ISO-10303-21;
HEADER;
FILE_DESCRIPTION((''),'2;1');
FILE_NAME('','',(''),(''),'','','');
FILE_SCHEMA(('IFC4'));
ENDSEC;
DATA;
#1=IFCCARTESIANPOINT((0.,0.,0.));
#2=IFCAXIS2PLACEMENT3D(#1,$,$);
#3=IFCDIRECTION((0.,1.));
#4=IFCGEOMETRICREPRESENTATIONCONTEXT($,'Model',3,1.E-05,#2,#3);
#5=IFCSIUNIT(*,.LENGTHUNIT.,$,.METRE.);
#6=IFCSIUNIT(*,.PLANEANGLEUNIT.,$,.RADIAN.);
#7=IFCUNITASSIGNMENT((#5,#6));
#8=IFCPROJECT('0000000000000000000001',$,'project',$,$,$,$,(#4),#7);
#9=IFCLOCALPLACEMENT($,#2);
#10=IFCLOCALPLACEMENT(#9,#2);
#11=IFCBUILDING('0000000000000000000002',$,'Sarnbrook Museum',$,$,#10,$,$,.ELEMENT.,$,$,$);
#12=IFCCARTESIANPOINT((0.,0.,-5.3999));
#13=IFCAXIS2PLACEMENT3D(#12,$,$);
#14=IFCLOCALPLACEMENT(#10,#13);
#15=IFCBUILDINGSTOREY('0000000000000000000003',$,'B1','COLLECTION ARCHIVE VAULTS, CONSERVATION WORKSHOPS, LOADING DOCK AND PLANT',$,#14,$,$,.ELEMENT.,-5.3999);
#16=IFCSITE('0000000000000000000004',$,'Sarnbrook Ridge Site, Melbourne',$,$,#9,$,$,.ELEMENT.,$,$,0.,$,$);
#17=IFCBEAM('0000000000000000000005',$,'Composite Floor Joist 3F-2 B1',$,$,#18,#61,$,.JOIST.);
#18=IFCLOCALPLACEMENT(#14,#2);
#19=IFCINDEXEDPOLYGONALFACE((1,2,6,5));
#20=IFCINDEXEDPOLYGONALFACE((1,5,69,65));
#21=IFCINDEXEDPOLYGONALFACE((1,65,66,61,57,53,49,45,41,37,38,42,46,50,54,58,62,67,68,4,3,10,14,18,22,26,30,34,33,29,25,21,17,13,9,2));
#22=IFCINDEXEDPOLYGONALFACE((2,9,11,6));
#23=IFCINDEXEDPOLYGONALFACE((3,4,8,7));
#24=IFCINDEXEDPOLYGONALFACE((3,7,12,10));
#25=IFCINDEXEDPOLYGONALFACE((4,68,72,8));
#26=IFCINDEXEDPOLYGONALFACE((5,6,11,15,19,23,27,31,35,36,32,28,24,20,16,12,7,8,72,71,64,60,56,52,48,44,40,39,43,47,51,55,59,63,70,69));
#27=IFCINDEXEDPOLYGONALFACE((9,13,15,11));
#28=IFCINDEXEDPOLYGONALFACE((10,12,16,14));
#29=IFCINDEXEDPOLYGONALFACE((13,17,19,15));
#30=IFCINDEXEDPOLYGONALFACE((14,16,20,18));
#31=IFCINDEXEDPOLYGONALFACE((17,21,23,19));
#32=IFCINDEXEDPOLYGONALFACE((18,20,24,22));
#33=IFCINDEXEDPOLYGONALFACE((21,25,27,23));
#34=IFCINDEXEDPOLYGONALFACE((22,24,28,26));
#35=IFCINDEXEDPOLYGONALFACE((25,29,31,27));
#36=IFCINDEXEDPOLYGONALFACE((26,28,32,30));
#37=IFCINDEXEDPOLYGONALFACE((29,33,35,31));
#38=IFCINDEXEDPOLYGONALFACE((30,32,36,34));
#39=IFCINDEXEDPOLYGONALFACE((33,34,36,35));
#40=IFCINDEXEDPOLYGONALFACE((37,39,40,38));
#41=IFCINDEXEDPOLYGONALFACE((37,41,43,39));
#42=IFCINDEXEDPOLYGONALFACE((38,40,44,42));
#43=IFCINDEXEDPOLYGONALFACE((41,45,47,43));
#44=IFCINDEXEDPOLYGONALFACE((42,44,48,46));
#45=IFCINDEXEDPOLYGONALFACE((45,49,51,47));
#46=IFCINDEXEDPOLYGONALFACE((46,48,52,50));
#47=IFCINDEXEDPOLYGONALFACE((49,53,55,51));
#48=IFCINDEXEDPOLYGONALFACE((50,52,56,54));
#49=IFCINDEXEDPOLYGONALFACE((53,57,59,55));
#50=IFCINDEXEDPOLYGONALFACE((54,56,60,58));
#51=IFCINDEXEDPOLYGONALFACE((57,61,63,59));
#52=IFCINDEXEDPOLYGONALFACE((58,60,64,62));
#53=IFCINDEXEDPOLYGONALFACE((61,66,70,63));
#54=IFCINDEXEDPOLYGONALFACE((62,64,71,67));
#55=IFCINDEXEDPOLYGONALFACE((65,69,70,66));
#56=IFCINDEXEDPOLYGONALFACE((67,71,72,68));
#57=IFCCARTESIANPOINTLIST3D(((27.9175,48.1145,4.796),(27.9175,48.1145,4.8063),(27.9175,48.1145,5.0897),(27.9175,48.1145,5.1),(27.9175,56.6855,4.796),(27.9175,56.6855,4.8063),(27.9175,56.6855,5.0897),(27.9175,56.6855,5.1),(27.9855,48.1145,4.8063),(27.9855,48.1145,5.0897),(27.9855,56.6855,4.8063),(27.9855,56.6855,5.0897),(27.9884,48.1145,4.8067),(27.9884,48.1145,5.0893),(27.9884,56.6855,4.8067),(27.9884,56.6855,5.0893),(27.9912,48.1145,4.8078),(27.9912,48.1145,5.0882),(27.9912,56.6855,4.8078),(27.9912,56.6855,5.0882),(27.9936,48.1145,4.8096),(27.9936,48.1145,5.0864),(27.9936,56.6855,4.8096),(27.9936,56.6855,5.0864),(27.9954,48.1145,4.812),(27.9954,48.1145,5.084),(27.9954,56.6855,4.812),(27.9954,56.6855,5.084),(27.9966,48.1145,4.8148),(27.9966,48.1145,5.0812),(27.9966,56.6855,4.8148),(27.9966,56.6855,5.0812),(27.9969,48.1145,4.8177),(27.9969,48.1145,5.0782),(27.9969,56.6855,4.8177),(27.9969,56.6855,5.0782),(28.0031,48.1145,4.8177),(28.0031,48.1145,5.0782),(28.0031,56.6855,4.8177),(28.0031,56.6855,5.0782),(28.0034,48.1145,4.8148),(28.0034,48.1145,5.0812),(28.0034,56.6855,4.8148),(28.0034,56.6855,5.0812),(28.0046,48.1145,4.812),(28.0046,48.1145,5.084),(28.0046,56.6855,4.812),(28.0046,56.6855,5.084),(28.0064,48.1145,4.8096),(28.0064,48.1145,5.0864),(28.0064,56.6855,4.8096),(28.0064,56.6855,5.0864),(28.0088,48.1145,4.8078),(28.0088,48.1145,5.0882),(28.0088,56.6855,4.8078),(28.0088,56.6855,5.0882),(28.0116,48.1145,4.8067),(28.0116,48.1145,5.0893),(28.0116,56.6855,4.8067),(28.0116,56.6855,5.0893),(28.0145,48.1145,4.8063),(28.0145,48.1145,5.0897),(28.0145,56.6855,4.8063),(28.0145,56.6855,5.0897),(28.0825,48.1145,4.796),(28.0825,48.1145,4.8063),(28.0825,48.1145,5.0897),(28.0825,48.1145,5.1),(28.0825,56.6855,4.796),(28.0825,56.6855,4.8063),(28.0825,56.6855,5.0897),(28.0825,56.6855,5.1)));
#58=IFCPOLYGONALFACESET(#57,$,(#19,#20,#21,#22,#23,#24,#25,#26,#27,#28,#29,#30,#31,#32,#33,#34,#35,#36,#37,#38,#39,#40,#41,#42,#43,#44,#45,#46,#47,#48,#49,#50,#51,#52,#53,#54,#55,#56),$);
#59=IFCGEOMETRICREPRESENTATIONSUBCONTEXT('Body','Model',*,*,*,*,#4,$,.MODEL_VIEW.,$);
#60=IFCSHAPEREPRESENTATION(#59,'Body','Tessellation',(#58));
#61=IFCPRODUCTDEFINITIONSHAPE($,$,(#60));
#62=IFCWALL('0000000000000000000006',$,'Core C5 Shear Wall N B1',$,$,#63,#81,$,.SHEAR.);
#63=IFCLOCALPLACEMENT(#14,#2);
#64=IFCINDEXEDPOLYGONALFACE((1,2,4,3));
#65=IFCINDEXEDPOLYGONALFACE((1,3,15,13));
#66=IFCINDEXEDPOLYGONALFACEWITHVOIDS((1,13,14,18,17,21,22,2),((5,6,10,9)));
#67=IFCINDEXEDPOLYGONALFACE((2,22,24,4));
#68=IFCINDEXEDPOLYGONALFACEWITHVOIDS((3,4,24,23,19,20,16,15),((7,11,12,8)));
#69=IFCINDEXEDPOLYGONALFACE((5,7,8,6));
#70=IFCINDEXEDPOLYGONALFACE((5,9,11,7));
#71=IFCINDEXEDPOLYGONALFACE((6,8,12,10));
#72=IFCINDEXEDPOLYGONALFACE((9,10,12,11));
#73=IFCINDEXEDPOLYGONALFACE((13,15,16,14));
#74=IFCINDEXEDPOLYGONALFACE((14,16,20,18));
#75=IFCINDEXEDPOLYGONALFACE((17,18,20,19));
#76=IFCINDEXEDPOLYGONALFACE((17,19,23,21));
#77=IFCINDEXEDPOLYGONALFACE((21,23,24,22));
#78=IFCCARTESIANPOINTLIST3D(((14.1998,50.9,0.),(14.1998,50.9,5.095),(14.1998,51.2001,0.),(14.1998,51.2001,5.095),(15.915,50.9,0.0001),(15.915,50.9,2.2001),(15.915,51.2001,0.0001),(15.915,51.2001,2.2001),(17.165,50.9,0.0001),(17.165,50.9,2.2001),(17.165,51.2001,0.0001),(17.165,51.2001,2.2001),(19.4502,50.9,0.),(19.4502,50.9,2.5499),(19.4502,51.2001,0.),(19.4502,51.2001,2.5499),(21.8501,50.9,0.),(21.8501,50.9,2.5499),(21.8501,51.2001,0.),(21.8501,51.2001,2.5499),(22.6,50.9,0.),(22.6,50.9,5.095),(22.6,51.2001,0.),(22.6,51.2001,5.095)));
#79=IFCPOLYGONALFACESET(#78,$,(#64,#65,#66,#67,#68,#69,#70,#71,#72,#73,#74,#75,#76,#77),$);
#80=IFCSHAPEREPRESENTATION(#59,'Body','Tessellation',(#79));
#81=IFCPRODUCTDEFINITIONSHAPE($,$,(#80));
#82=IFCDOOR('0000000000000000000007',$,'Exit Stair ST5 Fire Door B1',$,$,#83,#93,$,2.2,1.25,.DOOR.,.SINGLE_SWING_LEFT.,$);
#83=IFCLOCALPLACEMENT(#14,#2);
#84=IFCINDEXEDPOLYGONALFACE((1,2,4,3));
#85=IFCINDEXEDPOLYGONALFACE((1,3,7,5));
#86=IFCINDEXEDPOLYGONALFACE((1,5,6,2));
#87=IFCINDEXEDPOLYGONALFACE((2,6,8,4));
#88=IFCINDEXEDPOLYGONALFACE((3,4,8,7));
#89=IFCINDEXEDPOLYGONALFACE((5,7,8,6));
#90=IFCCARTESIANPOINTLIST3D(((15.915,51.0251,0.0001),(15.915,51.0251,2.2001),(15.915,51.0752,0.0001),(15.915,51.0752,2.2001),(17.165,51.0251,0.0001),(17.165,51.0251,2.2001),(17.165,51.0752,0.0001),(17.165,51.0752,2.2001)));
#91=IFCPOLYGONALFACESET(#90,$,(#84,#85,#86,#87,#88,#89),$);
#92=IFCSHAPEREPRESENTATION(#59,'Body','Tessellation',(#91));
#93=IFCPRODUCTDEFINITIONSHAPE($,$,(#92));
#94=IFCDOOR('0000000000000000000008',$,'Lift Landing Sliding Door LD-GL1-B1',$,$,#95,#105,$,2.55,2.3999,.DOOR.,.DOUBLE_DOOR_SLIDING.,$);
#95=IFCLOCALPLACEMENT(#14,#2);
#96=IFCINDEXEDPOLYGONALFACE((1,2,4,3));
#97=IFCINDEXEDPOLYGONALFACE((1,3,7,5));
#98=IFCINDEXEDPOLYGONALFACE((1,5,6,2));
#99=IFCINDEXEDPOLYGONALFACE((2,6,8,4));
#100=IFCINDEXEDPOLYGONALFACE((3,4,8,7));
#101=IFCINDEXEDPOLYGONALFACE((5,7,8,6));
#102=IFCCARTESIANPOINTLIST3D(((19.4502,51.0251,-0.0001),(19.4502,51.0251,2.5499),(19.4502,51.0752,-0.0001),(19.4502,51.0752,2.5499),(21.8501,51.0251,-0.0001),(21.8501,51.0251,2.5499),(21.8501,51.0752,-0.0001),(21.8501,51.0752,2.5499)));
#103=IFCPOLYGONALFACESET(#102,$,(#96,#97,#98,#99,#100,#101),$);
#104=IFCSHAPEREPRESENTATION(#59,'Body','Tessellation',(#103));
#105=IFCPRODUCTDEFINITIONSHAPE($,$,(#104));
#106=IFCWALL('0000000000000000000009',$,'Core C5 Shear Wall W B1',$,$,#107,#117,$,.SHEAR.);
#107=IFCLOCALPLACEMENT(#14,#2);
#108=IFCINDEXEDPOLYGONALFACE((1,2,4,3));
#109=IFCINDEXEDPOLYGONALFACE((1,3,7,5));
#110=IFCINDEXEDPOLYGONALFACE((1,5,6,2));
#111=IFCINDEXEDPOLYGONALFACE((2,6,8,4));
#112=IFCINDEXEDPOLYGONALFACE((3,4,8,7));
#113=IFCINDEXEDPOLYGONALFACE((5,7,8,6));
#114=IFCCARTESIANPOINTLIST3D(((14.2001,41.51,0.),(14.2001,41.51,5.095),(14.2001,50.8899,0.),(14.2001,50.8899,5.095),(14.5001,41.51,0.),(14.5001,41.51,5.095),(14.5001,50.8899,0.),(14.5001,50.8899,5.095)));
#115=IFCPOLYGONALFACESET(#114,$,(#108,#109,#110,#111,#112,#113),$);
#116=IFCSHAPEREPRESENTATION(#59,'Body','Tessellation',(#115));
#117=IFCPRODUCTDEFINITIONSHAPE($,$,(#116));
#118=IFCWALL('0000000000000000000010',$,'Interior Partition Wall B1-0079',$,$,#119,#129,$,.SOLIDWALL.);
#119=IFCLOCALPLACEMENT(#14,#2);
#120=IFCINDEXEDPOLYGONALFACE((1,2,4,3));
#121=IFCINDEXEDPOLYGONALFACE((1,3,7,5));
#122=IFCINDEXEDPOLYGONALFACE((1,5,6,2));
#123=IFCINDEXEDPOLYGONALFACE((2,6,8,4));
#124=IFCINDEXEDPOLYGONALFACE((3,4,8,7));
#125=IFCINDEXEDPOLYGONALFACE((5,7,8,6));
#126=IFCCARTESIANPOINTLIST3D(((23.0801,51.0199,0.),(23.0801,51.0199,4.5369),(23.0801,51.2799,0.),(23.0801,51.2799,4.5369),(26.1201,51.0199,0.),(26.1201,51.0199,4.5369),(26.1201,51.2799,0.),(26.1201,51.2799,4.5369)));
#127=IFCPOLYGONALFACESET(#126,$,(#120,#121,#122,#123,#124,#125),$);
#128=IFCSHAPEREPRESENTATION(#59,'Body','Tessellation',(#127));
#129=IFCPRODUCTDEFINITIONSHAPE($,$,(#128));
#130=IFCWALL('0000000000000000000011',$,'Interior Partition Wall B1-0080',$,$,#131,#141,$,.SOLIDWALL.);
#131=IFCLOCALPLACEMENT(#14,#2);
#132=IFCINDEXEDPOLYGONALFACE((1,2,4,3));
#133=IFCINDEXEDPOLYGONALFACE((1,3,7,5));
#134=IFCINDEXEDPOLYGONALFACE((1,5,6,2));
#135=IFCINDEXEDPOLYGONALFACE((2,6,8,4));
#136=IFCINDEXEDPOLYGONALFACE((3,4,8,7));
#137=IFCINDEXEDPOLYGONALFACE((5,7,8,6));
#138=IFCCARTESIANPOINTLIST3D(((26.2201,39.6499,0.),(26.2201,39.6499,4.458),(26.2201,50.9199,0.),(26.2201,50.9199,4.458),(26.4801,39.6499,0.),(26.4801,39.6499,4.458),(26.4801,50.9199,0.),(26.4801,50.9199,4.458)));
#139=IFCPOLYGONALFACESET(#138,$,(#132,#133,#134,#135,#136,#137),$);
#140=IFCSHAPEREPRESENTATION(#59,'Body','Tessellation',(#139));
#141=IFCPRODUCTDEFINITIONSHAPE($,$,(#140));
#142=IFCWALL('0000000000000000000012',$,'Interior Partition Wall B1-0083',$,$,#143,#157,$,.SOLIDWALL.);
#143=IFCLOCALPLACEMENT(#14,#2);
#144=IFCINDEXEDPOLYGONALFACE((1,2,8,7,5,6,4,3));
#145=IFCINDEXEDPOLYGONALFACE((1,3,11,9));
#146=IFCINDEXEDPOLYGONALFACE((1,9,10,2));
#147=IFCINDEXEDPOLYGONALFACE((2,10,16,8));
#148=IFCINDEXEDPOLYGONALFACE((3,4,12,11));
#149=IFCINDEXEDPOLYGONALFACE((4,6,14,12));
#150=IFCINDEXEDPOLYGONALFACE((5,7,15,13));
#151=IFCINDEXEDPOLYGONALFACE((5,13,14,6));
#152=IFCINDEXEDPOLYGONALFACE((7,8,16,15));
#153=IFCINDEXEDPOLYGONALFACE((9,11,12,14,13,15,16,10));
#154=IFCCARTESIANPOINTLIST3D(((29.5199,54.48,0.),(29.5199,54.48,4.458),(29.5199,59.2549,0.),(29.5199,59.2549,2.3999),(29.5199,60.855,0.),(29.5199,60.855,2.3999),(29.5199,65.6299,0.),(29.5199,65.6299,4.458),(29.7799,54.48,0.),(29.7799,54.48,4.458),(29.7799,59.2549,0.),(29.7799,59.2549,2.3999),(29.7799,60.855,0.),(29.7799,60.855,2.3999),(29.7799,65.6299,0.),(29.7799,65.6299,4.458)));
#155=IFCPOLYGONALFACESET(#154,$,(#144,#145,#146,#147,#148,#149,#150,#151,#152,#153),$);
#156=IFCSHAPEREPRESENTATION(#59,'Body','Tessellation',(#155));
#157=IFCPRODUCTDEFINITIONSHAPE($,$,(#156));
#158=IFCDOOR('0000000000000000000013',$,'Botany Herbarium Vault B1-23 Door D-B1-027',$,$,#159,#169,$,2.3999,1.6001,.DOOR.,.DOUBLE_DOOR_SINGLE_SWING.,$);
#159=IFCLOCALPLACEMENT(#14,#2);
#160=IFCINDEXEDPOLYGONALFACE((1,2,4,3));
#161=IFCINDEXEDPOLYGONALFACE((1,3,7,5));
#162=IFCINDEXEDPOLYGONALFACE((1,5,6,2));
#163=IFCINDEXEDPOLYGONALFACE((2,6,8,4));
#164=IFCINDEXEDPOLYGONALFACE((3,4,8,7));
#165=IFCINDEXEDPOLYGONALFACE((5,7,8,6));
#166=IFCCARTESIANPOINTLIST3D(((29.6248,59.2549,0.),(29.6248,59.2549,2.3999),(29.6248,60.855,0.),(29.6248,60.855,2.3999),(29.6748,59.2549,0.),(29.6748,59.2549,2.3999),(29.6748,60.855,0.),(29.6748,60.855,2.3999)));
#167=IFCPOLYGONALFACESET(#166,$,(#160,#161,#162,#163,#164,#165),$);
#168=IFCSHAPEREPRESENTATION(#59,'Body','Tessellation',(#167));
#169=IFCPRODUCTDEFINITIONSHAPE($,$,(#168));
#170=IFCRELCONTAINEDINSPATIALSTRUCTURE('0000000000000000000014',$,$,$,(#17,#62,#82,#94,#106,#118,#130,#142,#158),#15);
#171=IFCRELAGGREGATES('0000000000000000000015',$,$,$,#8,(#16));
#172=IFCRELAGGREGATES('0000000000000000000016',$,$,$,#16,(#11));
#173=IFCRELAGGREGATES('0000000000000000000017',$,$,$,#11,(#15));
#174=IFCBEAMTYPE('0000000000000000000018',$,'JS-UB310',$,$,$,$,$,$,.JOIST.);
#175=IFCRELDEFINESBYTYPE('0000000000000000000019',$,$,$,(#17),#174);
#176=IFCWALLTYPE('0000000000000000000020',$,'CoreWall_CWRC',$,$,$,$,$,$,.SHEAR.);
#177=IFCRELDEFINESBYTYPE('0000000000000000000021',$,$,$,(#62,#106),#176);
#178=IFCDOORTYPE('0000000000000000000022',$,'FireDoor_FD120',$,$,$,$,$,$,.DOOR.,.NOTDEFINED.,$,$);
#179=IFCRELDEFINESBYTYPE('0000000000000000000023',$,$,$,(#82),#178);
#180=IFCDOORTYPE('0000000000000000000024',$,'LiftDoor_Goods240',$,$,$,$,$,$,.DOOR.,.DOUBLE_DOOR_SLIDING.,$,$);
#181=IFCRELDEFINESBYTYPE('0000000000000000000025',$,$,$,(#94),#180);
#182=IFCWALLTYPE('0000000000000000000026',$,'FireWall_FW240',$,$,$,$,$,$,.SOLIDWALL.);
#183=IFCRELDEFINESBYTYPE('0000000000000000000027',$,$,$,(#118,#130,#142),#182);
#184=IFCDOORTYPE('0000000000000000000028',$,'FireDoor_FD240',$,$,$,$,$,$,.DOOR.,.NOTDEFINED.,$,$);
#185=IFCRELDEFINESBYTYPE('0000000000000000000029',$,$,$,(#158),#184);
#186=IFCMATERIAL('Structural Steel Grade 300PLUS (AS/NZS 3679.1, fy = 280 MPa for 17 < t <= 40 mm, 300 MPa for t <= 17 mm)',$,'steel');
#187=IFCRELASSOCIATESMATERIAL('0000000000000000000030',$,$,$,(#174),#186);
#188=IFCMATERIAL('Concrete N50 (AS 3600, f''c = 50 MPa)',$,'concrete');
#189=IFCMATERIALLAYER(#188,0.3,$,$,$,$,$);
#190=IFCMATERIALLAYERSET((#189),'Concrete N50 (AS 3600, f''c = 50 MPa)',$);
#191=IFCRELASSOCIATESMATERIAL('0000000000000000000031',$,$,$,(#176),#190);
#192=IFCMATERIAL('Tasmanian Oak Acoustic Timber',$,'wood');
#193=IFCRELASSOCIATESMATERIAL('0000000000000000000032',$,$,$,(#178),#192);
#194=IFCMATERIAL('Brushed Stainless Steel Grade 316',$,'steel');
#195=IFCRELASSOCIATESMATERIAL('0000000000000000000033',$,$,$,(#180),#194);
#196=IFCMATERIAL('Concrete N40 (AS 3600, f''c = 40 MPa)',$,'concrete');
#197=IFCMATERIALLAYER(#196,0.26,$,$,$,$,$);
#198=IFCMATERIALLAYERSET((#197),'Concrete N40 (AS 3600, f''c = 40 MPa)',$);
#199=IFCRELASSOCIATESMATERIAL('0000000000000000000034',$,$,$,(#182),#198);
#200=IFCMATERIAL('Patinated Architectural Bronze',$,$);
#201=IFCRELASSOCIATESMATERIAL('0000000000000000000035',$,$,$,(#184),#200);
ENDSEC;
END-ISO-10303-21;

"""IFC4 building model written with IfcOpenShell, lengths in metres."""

from ifc_helpers import new_model, si_unit, direction, frame, frame_2d, origin, origin_2d, place, context, subcontext, project, spatial, rectangle, i_section, extrude, material, layer, layer_set, material_profile, profile_set, type_object, element, fill, save


model = new_model("IFC4")

# Units and contexts
model_context = context("Model", 3, precision=1e-05, world=origin(), true_north=direction((0.0, 1.0)))
body_context = subcontext(model_context, "Body", "Model", "MODEL_VIEW")
ifc_project = project(units=[si_unit("LENGTHUNIT", "METRE"), si_unit("PLANEANGLEUNIT", "RADIAN")], contexts=[model_context])

# Site, building, storey
site_placement = place(None, origin())
site = spatial("IfcSite", under=ifc_project, at=site_placement, Name="Sarnbrook Ridge Site, Melbourne", CompositionType="ELEMENT", RefElevation=0.0)
building_placement = place(site_placement, origin())
building = spatial("IfcBuilding", under=site, at=building_placement, Name="Sarnbrook Museum", CompositionType="ELEMENT")
storey_placement = place(building_placement, frame((0.0, 0.0, -5.3999)))
storey = spatial("IfcBuildingStorey", under=building, at=storey_placement, Name="B1", Description="COLLECTION ARCHIVE VAULTS, CONSERVATION WORKSHOPS, LOADING DOCK AND PLANT", CompositionType="ELEMENT", Elevation=-5.3999)

# Shared definitions
ifc_material_1 = material(Name="Concrete N50 (AS 3600, f'c = 50 MPa)", Category="concrete")

# Shared definitions
ifc_material_2 = material(Name="Concrete N40 (AS 3600, f'c = 40 MPa)", Category="concrete")

# Beam
ifc_material_3 = material(Name="Structural Steel Grade 300PLUS (AS/NZS 3679.1, fy = 280 MPa for 17 < t <= 40 mm, 300 MPa for t <= 17 mm)", Category="steel")
ifc_material_profile_1 = material_profile(ifc_material_3, i_section(OverallWidth=0.165, OverallDepth=0.304, WebThickness=0.0061, FlangeThickness=0.0103, FilletRadius=0.0115, at=origin_2d()), Name="310UB40.4")
ifc_profile_set_1 = profile_set([ifc_material_profile_1], Name="Structural Steel Grade 300PLUS (AS/NZS 3679.1, fy = 280 MPa for 17 < t <= 40 mm, 300 MPa for t <= 17 mm)")
beam_type_1 = type_object("IfcBeamType", Name="JS-UB310", PredefinedType="JOIST", material=ifc_profile_set_1)
for number, where, z_axis, x_axis, name in (
    (1, (28.0, 48.1145, 4.948), (0.0, 1.0, 0.0), (-1.0, 0.0, 0.0), "Composite Floor Joist 3F-2 B1"),
):
    element("IfcBeam", number, at=place(storey_placement, frame(where, z_axis=z_axis, x_axis=x_axis)), inside=storey, type_object=beam_type_1, Name=name, PredefinedType="JOIST", context=body_context, shape_type="SweptSolid", body=[
        extrude(i_section(OverallWidth=0.165, OverallDepth=0.304, WebThickness=0.0061, FlangeThickness=0.0103, FilletRadius=0.0115, at=origin_2d()), origin(), (0.0, 0.0, 1.0), 8.571),
    ])

# Wall, openings, doors
ifc_layer_1 = layer(ifc_material_1, 0.3)
ifc_layer_set_1 = layer_set([ifc_layer_1], Name="Concrete N50 (AS 3600, f'c = 50 MPa)")
wall_type_1 = type_object("IfcWallType", Name="CoreWall_CWRC", PredefinedType="SHEAR", material=ifc_layer_set_1)
wall_1_placement = place(storey_placement, frame((22.6001, 51.05, 0.0), z_axis=(0.0, 0.0, 1.0), x_axis=(-1.0, 0.0, 0.0)))
wall_1 = element("IfcWall", 2, at=wall_1_placement, inside=storey, type_object=wall_type_1, Name="Core C5 Shear Wall N B1", PredefinedType="SHEAR", context=body_context, shape_type="SweptSolid", body=[
    extrude(rectangle(XDim=8.4001, YDim=0.3, at=frame_2d((4.2002, 0.0))), origin(), (0.0, 0.0, 1.0), 5.095),
])
opening_1_placement = place(wall_1_placement, frame((5.4351, 0.0, 0.0)))
opening_1 = element("IfcOpeningElement", 3, at=opening_1_placement, cuts=wall_1, PredefinedType="OPENING", context=body_context, shape_type="SweptSolid", body=[
    extrude(rectangle(XDim=1.25, YDim=2.2, at=frame_2d((0.625, 1.1001))), frame((0.0, 0.1602, 0.0), z_axis=(0.0, -1.0, 0.0), x_axis=(1.0, 0.0, 0.0)), (0.0, 0.0, 1.0), 0.3201),
])
opening_2_placement = place(wall_1_placement, frame((0.75, 0.0, 0.0)))
opening_2 = element("IfcOpeningElement", 4, at=opening_2_placement, cuts=wall_1, PredefinedType="OPENING", context=body_context, shape_type="SweptSolid", body=[
    extrude(rectangle(XDim=2.3999, YDim=2.55, at=frame_2d((1.2, 1.2749))), frame((0.0, 0.1602, 0.0), z_axis=(0.0, -1.0, 0.0), x_axis=(1.0, 0.0, 0.0)), (0.0, 0.0, 1.0), 0.3201),
])
ifc_material_4 = material(Name="Tasmanian Oak Acoustic Timber", Category="wood")
door_type_1 = type_object("IfcDoorType", Name="FireDoor_FD120", OperationType="NOTDEFINED", PredefinedType="DOOR", material=ifc_material_4)
door_1_placement = place(opening_1_placement, origin())
door_1 = element("IfcDoor", 5, at=door_1_placement, inside=storey, type_object=door_type_1, Name="Exit Stair ST5 Fire Door B1", OperationType="SINGLE_SWING_LEFT", OverallHeight=2.2, OverallWidth=1.25, PredefinedType="DOOR", context=body_context, shape_type="SweptSolid", body=[
    extrude(rectangle(XDim=1.25, YDim=2.2, at=frame_2d((0.625, 1.1001))), frame((0.0, 0.0249, 0.0), z_axis=(0.0, -1.0, 0.0), x_axis=(1.0, 0.0, 0.0)), (0.0, 0.0, 1.0), 0.05),
])
fill(opening_1, door_1)
ifc_material_5 = material(Name="Brushed Stainless Steel Grade 316", Category="steel")
door_type_2 = type_object("IfcDoorType", Name="LiftDoor_Goods240", OperationType="DOUBLE_DOOR_SLIDING", PredefinedType="DOOR", material=ifc_material_5)
door_2_placement = place(opening_2_placement, origin())
door_2 = element("IfcDoor", 6, at=door_2_placement, inside=storey, type_object=door_type_2, Name="Lift Landing Sliding Door LD-GL1-B1", OperationType="DOUBLE_DOOR_SLIDING", OverallHeight=2.55, OverallWidth=2.3999, PredefinedType="DOOR", context=body_context, shape_type="SweptSolid", body=[
    extrude(rectangle(XDim=2.3999, YDim=2.55, at=frame_2d((1.2, 1.2749))), frame((0.0, 0.0249, 0.0), z_axis=(0.0, -1.0, 0.0), x_axis=(1.0, 0.0, 0.0)), (0.0, 0.0, 1.0), 0.05),
])
fill(opening_2, door_2)

# Walls
wall_2_placement = place(storey_placement, frame((14.3501, 50.8899, 0.0), z_axis=(0.0, 0.0, 1.0), x_axis=(0.0, -1.0, 0.0)))
element("IfcWall", 7, at=wall_2_placement, inside=storey, type_object=wall_type_1, Name="Core C5 Shear Wall W B1", PredefinedType="SHEAR", context=body_context, shape_type="SweptSolid", body=[
    extrude(rectangle(XDim=9.3799, YDim=0.3, at=frame_2d((4.6899, 0.0))), origin(), (0.0, 0.0, 1.0), 5.095),
])
ifc_layer_2 = layer(ifc_material_2, 0.26)
ifc_layer_set_2 = layer_set([ifc_layer_2], Name="Concrete N40 (AS 3600, f'c = 40 MPa)")
wall_type_2 = type_object("IfcWallType", Name="FireWall_FW240", PredefinedType="SOLIDWALL", material=ifc_layer_set_2)
wall_3_placement = place(storey_placement, frame((23.0801, 51.1499, 0.0), z_axis=(0.0, 0.0, 1.0), x_axis=(1.0, 0.0, 0.0)))
element("IfcWall", 8, at=wall_3_placement, inside=storey, type_object=wall_type_2, Name="Interior Partition Wall B1-0079", PredefinedType="SOLIDWALL", context=body_context, shape_type="SweptSolid", body=[
    extrude(rectangle(XDim=3.04, YDim=0.26, at=frame_2d((1.52, 0.0))), origin(), (0.0, 0.0, 1.0), 4.5369),
])
wall_4_placement = place(storey_placement, frame((26.3501, 50.9199, 0.0), z_axis=(0.0, 0.0, 1.0), x_axis=(0.0, -1.0, 0.0)))
element("IfcWall", 9, at=wall_4_placement, inside=storey, type_object=wall_type_2, Name="Interior Partition Wall B1-0080", PredefinedType="SOLIDWALL", context=body_context, shape_type="SweptSolid", body=[
    extrude(rectangle(XDim=11.27, YDim=0.26, at=frame_2d((5.635, 0.0))), origin(), (0.0, 0.0, 1.0), 4.458),
])

# Wall, opening, door
wall_5_placement = place(storey_placement, frame((29.6499, 54.48, 0.0), z_axis=(0.0, 0.0, 1.0), x_axis=(0.0, 1.0, 0.0)))
wall_5 = element("IfcWall", 10, at=wall_5_placement, inside=storey, type_object=wall_type_2, Name="Interior Partition Wall B1-0083", PredefinedType="SOLIDWALL", context=body_context, shape_type="SweptSolid", body=[
    extrude(rectangle(XDim=11.1499, YDim=0.26, at=frame_2d((5.575, 0.0))), origin(), (0.0, 0.0, 1.0), 4.458),
])
opening_3_placement = place(wall_5_placement, frame((4.7749, 0.0, 0.0)))
opening_3 = element("IfcOpeningElement", 11, at=opening_3_placement, cuts=wall_5, PredefinedType="OPENING", context=body_context, shape_type="SweptSolid", body=[
    extrude(rectangle(XDim=1.6001, YDim=2.3999, at=frame_2d((0.8, 1.2))), frame((0.0, 0.1401, 0.0), z_axis=(0.0, -1.0, 0.0), x_axis=(1.0, 0.0, 0.0)), (0.0, 0.0, 1.0), 0.28),
])
ifc_material_6 = material(Name="Patinated Architectural Bronze")
door_type_3 = type_object("IfcDoorType", Name="FireDoor_FD240", OperationType="NOTDEFINED", PredefinedType="DOOR", material=ifc_material_6)
door_3_placement = place(opening_3_placement, frame((1.6001, 0.0, 0.0), z_axis=(0.0, 0.0, 1.0), x_axis=(-1.0, 0.0, 0.0)))
door_3 = element("IfcDoor", 12, at=door_3_placement, inside=storey, type_object=door_type_3, Name="Botany Herbarium Vault B1-23 Door D-B1-027", OperationType="DOUBLE_DOOR_SINGLE_SWING", OverallHeight=2.3999, OverallWidth=1.6001, PredefinedType="DOOR", context=body_context, shape_type="SweptSolid", body=[
    extrude(rectangle(XDim=1.6001, YDim=2.3999, at=frame_2d((0.8, 1.2))), frame((0.0, 0.0249, 0.0), z_axis=(0.0, -1.0, 0.0), x_axis=(1.0, 0.0, 0.0)), (0.0, 0.0, 1.0), 0.05),
])
fill(opening_3, door_3)

save(model, "model.ifc")
